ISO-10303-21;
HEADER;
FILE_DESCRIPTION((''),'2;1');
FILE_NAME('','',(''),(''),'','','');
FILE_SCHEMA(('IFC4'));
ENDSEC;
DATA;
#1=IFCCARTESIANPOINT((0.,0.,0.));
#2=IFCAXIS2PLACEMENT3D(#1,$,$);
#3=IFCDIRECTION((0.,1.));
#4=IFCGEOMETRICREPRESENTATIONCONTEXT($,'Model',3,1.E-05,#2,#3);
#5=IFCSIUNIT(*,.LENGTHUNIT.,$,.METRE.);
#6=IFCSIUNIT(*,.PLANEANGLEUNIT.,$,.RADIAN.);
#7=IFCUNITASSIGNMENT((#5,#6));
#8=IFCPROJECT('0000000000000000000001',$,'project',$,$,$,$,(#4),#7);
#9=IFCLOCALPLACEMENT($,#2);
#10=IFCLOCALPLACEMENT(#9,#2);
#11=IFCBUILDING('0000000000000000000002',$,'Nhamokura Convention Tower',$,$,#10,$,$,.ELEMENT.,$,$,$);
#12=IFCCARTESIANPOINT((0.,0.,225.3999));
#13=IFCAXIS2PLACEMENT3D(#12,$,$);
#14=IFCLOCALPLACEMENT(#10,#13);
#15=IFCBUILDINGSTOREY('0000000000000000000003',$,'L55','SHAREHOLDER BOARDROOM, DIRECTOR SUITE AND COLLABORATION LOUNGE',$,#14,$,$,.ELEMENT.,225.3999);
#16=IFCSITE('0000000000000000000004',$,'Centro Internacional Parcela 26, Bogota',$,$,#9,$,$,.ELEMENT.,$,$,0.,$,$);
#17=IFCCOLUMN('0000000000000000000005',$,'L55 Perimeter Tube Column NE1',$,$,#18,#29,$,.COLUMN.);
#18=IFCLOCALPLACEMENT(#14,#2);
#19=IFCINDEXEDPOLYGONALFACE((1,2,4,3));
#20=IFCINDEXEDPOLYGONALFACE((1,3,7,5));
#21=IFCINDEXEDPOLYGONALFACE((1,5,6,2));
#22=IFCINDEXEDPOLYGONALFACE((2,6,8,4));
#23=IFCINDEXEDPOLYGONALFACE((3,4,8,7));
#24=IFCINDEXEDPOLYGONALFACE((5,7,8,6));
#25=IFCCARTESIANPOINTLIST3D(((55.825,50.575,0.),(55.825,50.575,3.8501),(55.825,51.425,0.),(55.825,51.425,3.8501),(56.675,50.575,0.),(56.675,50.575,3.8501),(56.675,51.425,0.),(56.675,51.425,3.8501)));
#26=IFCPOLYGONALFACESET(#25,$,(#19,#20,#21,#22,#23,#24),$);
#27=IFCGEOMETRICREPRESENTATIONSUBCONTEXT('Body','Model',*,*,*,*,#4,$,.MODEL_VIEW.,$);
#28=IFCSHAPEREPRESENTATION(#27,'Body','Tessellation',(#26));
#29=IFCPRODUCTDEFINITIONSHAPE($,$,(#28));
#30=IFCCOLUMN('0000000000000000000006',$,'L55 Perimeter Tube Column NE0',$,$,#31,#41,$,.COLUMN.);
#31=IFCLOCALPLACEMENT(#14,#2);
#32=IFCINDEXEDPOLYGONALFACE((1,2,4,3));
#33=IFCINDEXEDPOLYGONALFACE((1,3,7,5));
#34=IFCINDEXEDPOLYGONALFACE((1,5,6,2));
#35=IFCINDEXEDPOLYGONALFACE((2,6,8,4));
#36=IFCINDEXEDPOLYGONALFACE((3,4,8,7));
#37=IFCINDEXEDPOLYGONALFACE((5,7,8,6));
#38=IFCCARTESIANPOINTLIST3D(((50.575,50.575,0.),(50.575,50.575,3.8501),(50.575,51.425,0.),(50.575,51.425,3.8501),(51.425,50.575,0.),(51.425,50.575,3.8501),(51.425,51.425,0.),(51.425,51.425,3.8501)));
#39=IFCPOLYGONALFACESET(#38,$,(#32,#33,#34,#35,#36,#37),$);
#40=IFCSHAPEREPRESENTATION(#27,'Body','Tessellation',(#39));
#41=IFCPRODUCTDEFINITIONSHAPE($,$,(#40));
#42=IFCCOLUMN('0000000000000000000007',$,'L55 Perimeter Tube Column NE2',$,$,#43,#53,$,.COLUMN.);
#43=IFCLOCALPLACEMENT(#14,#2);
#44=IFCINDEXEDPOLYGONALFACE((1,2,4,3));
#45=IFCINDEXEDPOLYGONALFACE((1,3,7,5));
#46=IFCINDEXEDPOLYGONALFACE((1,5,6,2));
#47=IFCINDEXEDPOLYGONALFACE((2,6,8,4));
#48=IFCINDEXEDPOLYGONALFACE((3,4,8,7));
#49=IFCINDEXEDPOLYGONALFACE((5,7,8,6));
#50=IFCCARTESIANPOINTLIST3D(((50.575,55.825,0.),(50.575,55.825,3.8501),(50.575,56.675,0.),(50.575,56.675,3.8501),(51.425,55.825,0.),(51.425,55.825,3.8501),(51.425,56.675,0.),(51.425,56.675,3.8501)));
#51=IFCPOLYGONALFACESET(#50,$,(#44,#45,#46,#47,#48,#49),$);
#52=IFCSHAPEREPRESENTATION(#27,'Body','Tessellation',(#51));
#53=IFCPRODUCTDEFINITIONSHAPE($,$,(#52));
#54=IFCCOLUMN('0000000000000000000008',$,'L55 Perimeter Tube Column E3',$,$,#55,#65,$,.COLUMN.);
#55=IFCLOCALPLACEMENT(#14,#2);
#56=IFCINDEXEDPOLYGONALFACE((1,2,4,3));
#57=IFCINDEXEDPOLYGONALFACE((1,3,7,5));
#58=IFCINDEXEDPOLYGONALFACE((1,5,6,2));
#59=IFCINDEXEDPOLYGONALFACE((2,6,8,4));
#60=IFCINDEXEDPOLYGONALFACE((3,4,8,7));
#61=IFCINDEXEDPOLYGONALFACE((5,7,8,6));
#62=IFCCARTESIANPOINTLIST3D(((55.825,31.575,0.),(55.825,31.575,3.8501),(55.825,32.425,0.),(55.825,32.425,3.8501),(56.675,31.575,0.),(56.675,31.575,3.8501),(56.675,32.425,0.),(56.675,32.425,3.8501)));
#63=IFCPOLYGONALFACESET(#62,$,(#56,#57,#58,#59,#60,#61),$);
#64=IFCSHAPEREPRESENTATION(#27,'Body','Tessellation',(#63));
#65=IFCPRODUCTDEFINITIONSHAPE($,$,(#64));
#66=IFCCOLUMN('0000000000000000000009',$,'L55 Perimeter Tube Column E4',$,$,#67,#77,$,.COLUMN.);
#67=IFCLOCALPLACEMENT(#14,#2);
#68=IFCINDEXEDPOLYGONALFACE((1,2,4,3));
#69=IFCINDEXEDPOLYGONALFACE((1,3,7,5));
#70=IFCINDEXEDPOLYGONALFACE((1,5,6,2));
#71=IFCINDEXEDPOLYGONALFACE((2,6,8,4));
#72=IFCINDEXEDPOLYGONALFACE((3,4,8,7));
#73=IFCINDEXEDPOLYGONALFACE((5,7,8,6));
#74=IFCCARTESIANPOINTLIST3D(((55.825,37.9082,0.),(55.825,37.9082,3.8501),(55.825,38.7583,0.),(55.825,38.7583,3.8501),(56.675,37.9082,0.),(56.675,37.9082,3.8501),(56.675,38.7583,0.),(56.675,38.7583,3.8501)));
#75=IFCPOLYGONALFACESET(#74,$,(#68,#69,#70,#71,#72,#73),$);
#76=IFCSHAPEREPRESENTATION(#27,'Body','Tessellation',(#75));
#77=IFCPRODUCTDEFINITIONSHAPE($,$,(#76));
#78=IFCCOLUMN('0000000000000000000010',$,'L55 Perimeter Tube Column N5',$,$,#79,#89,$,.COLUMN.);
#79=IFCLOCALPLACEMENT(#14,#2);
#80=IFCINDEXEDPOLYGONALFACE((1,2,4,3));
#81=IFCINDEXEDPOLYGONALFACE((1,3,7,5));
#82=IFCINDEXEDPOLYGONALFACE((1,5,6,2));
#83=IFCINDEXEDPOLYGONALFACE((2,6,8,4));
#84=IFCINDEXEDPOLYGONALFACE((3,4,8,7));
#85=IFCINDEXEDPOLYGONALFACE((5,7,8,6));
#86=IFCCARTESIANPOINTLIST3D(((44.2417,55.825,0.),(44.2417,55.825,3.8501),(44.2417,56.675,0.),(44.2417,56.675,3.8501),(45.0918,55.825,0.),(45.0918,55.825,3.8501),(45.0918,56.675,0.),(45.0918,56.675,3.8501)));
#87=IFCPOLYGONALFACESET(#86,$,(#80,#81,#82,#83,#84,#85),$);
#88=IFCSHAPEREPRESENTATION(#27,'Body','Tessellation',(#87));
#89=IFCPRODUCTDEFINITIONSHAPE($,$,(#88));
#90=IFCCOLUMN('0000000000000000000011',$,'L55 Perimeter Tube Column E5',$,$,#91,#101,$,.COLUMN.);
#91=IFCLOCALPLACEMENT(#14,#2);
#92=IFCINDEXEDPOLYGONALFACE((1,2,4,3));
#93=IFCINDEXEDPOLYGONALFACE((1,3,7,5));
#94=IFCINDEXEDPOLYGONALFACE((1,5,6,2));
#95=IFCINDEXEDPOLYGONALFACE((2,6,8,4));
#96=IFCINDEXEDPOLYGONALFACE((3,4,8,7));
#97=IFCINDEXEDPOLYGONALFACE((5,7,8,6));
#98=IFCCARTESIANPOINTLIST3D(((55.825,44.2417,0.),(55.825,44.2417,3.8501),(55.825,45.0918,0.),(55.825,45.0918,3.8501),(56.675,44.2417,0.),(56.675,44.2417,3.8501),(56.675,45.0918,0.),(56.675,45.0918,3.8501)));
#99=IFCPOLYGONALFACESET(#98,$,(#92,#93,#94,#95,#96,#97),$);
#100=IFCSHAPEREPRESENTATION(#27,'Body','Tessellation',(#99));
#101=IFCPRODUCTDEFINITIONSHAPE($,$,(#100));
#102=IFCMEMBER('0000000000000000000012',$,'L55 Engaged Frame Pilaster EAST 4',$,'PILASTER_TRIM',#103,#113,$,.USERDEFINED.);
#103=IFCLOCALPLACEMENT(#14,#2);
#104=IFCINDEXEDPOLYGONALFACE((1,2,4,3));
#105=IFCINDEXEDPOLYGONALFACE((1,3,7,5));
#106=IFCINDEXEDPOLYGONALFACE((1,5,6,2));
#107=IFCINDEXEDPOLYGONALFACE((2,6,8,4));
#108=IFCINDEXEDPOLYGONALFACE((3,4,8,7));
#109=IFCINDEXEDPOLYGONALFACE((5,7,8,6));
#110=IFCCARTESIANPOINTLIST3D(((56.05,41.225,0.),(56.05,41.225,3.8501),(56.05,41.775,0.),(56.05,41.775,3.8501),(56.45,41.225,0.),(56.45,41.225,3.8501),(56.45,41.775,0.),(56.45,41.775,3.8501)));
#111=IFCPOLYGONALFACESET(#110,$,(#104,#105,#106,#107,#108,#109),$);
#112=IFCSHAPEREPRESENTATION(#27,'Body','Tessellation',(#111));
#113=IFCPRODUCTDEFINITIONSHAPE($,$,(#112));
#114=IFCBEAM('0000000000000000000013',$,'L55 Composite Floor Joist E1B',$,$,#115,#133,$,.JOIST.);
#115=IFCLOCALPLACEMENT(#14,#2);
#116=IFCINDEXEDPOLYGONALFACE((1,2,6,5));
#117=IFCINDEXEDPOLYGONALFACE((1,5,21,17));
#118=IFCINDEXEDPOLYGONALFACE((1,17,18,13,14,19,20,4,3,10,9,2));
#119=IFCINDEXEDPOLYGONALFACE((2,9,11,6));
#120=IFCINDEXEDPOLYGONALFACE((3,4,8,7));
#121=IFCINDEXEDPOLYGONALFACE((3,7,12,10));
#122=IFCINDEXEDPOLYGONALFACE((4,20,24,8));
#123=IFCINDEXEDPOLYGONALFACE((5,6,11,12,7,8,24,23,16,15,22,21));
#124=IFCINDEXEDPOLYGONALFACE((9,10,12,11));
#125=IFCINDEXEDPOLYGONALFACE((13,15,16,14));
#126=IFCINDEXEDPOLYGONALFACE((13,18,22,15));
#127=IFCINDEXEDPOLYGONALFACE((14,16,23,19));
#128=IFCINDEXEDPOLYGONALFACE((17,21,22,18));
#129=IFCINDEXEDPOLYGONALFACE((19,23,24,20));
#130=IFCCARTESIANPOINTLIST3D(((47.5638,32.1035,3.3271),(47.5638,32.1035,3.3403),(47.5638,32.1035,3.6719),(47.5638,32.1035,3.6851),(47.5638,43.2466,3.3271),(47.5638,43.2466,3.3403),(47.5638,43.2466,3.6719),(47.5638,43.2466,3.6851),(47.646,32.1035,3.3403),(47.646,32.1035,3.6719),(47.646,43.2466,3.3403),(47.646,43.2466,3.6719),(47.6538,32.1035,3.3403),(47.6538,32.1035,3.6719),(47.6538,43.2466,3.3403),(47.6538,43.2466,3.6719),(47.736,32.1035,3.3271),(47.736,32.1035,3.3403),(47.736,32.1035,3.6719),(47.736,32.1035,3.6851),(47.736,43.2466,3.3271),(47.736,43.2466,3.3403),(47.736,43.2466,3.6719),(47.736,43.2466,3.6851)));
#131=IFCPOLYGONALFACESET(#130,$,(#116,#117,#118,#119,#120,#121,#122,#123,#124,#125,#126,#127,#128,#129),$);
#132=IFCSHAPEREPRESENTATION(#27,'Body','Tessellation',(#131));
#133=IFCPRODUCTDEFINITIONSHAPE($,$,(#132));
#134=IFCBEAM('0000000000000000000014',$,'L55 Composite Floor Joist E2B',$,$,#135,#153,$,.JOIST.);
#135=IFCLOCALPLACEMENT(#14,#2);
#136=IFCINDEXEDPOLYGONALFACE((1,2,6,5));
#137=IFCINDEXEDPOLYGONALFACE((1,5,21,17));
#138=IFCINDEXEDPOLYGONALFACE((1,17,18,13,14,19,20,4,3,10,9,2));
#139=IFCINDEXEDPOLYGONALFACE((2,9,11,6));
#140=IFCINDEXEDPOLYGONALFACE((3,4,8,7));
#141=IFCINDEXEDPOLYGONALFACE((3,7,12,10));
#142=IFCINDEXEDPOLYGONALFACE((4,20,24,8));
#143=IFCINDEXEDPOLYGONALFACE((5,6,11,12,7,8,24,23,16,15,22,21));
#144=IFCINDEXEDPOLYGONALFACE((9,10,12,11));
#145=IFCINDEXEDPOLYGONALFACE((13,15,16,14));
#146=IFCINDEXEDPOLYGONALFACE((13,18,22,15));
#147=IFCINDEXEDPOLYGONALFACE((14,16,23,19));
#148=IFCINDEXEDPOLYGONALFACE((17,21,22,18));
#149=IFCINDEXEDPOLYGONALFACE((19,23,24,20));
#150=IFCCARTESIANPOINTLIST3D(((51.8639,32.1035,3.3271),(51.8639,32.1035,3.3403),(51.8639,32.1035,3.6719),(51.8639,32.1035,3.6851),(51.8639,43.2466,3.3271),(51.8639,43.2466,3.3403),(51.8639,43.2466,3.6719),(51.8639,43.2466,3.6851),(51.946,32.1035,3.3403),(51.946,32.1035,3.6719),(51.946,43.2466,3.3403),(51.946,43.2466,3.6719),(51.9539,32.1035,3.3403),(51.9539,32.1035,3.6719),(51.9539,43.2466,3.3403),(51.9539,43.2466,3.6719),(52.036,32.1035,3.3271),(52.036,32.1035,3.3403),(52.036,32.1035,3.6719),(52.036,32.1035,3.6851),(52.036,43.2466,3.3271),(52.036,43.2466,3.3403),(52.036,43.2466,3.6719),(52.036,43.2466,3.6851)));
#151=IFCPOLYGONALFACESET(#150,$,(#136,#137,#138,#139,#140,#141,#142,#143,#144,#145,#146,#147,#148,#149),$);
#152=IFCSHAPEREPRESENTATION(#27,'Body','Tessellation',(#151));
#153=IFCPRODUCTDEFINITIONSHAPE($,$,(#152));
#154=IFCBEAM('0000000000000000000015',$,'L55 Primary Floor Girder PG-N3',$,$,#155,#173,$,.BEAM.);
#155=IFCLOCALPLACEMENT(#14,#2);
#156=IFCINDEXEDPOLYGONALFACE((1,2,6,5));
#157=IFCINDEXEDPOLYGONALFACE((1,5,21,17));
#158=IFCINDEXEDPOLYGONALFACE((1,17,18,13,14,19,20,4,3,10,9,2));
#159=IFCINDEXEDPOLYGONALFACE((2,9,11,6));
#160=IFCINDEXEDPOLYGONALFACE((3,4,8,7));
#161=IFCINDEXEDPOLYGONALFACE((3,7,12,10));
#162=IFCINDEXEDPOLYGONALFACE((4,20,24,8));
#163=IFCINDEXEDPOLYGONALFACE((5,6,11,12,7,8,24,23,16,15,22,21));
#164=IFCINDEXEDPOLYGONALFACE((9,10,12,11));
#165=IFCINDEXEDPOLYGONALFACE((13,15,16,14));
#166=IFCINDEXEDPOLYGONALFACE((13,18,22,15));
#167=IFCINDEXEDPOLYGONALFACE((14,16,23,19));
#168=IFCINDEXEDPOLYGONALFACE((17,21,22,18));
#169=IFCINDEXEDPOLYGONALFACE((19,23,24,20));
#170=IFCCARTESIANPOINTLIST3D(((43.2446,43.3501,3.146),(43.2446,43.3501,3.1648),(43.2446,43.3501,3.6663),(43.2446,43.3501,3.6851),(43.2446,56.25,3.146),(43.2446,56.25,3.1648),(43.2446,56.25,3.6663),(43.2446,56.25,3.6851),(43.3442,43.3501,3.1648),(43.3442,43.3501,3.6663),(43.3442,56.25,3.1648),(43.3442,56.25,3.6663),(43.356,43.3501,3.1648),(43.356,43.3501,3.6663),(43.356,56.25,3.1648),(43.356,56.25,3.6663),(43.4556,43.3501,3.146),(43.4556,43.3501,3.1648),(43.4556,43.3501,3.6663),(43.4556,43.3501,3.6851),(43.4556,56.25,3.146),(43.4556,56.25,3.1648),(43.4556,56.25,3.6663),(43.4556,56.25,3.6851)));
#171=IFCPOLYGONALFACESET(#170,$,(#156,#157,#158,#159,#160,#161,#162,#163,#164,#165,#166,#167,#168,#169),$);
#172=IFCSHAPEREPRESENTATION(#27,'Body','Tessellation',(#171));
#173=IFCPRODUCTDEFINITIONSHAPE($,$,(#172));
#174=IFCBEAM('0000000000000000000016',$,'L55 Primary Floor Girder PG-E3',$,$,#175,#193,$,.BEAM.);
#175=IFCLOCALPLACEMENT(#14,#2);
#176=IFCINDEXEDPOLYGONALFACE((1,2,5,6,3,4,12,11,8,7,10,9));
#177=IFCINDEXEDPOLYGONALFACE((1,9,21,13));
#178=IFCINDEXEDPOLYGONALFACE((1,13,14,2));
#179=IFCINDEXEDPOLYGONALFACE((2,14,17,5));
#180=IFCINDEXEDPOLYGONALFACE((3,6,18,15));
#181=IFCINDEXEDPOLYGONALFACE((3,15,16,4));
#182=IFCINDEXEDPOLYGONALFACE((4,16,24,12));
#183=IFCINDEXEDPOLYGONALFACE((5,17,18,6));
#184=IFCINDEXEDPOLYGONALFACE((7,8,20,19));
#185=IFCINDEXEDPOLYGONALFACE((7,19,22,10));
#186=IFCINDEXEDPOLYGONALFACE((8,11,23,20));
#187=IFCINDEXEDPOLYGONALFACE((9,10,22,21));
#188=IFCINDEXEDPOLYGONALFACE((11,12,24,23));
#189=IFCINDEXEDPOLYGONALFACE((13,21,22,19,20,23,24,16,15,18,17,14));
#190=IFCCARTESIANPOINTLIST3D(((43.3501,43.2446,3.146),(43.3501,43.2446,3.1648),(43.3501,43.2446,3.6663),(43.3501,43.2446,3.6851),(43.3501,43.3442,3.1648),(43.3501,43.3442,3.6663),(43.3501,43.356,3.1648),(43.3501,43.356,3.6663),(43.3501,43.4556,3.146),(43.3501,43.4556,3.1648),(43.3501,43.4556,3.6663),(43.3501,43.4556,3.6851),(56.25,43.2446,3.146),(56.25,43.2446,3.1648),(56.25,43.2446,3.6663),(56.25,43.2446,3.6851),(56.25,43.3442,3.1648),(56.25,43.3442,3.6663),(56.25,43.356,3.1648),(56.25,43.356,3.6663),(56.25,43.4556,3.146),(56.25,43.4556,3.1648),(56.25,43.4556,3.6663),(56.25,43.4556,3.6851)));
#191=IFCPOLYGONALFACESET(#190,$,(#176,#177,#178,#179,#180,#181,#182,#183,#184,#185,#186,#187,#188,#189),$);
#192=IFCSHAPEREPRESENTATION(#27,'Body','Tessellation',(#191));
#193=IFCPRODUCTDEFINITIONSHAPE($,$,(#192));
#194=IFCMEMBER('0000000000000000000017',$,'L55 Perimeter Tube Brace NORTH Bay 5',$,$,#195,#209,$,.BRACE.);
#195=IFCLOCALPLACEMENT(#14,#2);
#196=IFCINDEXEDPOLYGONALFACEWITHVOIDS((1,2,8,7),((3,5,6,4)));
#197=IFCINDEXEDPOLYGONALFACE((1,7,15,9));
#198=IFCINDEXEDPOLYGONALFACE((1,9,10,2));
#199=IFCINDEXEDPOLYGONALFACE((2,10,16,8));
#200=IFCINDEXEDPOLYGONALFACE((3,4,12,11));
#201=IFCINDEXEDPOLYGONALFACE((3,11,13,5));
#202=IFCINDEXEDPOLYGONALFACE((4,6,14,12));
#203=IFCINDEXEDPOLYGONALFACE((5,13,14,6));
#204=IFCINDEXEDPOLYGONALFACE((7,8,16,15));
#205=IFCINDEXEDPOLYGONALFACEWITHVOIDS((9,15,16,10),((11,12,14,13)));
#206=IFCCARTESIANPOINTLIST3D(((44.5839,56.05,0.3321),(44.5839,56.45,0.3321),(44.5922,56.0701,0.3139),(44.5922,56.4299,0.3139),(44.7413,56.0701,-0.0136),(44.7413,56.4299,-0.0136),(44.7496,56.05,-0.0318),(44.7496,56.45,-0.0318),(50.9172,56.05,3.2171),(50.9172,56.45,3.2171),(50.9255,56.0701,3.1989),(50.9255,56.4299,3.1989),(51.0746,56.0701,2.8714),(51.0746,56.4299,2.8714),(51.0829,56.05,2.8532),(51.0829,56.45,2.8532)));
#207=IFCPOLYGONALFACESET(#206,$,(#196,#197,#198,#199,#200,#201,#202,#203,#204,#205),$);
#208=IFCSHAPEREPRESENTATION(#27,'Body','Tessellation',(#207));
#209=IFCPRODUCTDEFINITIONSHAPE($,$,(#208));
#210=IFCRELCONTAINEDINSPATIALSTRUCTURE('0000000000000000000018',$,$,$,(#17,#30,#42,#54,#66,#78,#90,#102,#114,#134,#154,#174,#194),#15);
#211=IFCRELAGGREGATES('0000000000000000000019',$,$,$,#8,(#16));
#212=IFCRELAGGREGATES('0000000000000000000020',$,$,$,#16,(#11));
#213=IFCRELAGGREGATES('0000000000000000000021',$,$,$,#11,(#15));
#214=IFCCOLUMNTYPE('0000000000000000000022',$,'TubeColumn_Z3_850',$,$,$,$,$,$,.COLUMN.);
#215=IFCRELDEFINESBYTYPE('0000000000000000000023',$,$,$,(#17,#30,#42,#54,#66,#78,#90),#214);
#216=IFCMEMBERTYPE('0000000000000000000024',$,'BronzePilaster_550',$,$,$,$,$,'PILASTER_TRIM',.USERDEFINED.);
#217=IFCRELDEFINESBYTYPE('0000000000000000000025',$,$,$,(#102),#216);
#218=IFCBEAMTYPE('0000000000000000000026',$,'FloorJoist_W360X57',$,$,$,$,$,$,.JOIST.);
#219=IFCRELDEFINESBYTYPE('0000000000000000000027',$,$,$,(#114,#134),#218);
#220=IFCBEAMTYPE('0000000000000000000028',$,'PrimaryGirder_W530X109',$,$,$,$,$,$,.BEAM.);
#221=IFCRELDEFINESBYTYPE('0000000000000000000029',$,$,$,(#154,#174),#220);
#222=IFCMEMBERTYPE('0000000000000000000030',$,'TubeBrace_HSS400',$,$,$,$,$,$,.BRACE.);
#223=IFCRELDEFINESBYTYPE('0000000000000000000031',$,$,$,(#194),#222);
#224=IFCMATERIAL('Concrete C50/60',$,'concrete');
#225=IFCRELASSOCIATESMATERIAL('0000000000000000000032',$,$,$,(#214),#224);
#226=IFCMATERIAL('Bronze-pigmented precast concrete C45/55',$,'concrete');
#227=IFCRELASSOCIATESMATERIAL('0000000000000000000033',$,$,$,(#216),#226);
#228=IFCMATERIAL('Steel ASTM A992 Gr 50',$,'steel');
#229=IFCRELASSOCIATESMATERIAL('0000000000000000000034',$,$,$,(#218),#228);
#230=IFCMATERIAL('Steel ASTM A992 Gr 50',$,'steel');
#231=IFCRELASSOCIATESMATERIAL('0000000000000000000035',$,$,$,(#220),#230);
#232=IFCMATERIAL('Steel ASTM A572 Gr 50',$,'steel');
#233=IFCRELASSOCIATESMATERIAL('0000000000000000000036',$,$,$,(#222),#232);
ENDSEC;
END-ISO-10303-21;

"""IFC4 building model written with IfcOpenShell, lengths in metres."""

from ifc_helpers import new_model, si_unit, direction, frame, origin, origin_2d, place, context, subcontext, project, spatial, rectangle, hollow_rectangle, i_section, extrude, material, material_profile, profile_set, type_object, element, save


model = new_model("IFC4")

# Units and contexts
model_context = context("Model", 3, precision=1e-05, world=origin(), true_north=direction((0.0, 1.0)))
body_context = subcontext(model_context, "Body", "Model", "MODEL_VIEW")
ifc_project = project(units=[si_unit("LENGTHUNIT", "METRE"), si_unit("PLANEANGLEUNIT", "RADIAN")], contexts=[model_context])

# Site, building, storey
site_placement = place(None, origin())
site = spatial("IfcSite", under=ifc_project, at=site_placement, Name="Centro Internacional Parcela 26, Bogota", CompositionType="ELEMENT", RefElevation=0.0)
building_placement = place(site_placement, origin())
building = spatial("IfcBuilding", under=site, at=building_placement, Name="Nhamokura Convention Tower", CompositionType="ELEMENT")
storey_placement = place(building_placement, frame((0.0, 0.0, 225.3999)))
storey = spatial("IfcBuildingStorey", under=building, at=storey_placement, Name="L55", Description="SHAREHOLDER BOARDROOM, DIRECTOR SUITE AND COLLABORATION LOUNGE", CompositionType="ELEMENT", Elevation=225.3999)

# Columns
ifc_material_1 = material(Name="Concrete C50/60", Category="concrete")
ifc_material_profile_1 = material_profile(ifc_material_1, rectangle(XDim=0.8501, YDim=0.8501, at=origin_2d()))
ifc_profile_set_1 = profile_set([ifc_material_profile_1], Name="Concrete C50/60")
column_type = type_object("IfcColumnType", Name="TubeColumn_Z3_850", PredefinedType="COLUMN", material=ifc_profile_set_1)
for number, where, z_axis, x_axis, name in (
    (1, (56.25, 51.0, 0.0), (0.0, 0.0, 1.0), (1.0, 0.0, 0.0), "L55 Perimeter Tube Column NE1"),
    (2, (51.0, 51.0, 0.0), (0.0, 0.0, 1.0), (1.0, 0.0, 0.0), "L55 Perimeter Tube Column NE0"),
    (3, (51.0, 56.25, 0.0), (0.0, 0.0, 1.0), (1.0, 0.0, 0.0), "L55 Perimeter Tube Column NE2"),
    (4, (56.25, 32.0, 0.0), (0.0, 0.0, 1.0), (1.0, 0.0, 0.0), "L55 Perimeter Tube Column E3"),
    (5, (56.25, 38.3333, 0.0), (0.0, 0.0, 1.0), (1.0, 0.0, 0.0), "L55 Perimeter Tube Column E4"),
    (6, (44.6667, 56.25, 0.0), (0.0, 0.0, 1.0), (1.0, 0.0, 0.0), "L55 Perimeter Tube Column N5"),
    (7, (56.25, 44.6667, 0.0), (0.0, 0.0, 1.0), (1.0, 0.0, 0.0), "L55 Perimeter Tube Column E5"),
):
    element("IfcColumn", number, at=place(storey_placement, frame(where, z_axis=z_axis, x_axis=x_axis)), inside=storey, type_object=column_type, Name=name, PredefinedType="COLUMN", context=body_context, shape_type="SweptSolid", body=[
        extrude(rectangle(XDim=0.8501, YDim=0.8501, at=origin_2d()), origin(), (0.0, 0.0, 1.0), 3.8501),
    ])

# Member
ifc_material_2 = material(Name="Bronze-pigmented precast concrete C45/55", Category="concrete")
ifc_material_profile_2 = material_profile(ifc_material_2, rectangle(XDim=0.3999, YDim=0.55, at=origin_2d()))
ifc_profile_set_2 = profile_set([ifc_material_profile_2], Name="Bronze-pigmented precast concrete C45/55")
member_type_1 = type_object("IfcMemberType", Name="BronzePilaster_550", ElementType="PILASTER_TRIM", PredefinedType="USERDEFINED", material=ifc_profile_set_2)
member_placement = place(storey_placement, frame((56.25, 41.5, 0.0), z_axis=(0.0, 0.0, 1.0), x_axis=(1.0, 0.0, 0.0)))
element("IfcMember", 8, at=member_placement, inside=storey, type_object=member_type_1, Name="L55 Engaged Frame Pilaster EAST 4", ObjectType="PILASTER_TRIM", PredefinedType="USERDEFINED", context=body_context, shape_type="SweptSolid", body=[
    extrude(rectangle(XDim=0.3999, YDim=0.55, at=origin_2d()), origin(), (0.0, 0.0, 1.0), 3.8501),
])

# Beams
ifc_material_3 = material(Name="Steel ASTM A992 Gr 50", Category="steel")
ifc_material_profile_3 = material_profile(ifc_material_3, i_section(OverallWidth=0.1721, OverallDepth=0.3579, WebThickness=0.0078, FlangeThickness=0.0132, at=origin_2d()))
ifc_profile_set_3 = profile_set([ifc_material_profile_3], Name="Steel ASTM A992 Gr 50")
beam_type_1 = type_object("IfcBeamType", Name="FloorJoist_W360X57", PredefinedType="JOIST", material=ifc_profile_set_3)
for number, where, z_axis, x_axis, name in (
    (9, (47.6499, 32.1035, 3.5061), (0.0, 1.0, 0.0), (-1.0, 0.0, 0.0), "L55 Composite Floor Joist E1B"),
    (10, (51.95, 32.1035, 3.5061), (0.0, 1.0, 0.0), (-1.0, 0.0, 0.0), "L55 Composite Floor Joist E2B"),
):
    element("IfcBeam", number, at=place(storey_placement, frame(where, z_axis=z_axis, x_axis=x_axis)), inside=storey, type_object=beam_type_1, Name=name, PredefinedType="JOIST", context=body_context, shape_type="SweptSolid", body=[
        extrude(i_section(OverallWidth=0.1721, OverallDepth=0.3579, WebThickness=0.0078, FlangeThickness=0.0132, at=origin_2d()), origin(), (0.0, 0.0, 1.0), 11.1431),
    ])
ifc_material_4 = material(Name="Steel ASTM A992 Gr 50", Category="steel")
ifc_material_profile_4 = material_profile(ifc_material_4, i_section(OverallWidth=0.2109, OverallDepth=0.5391, WebThickness=0.0117, FlangeThickness=0.0188, at=origin_2d()))
ifc_profile_set_4 = profile_set([ifc_material_profile_4], Name="Steel ASTM A992 Gr 50")
beam_type_2 = type_object("IfcBeamType", Name="PrimaryGirder_W530X109", PredefinedType="BEAM", material=ifc_profile_set_4)
for number, where, z_axis, x_axis, name in (
    (11, (43.3501, 43.3501, 3.4155), (0.0, 1.0, 0.0), (-1.0, 0.0, 0.0), "L55 Primary Floor Girder PG-N3"),
    (12, (43.3501, 43.3501, 3.4155), (1.0, 0.0, 0.0), (0.0, 1.0, 0.0), "L55 Primary Floor Girder PG-E3"),
):
    element("IfcBeam", number, at=place(storey_placement, frame(where, z_axis=z_axis, x_axis=x_axis)), inside=storey, type_object=beam_type_2, Name=name, PredefinedType="BEAM", context=body_context, shape_type="SweptSolid", body=[
        extrude(i_section(OverallWidth=0.2109, OverallDepth=0.5391, WebThickness=0.0117, FlangeThickness=0.0188, at=origin_2d()), origin(), (0.0, 0.0, 1.0), 12.8999),
    ])

# Member
ifc_material_5 = material(Name="Steel ASTM A572 Gr 50", Category="steel")
ifc_material_profile_5 = material_profile(ifc_material_5, hollow_rectangle(XDim=0.3999, YDim=0.3999, WallThickness=0.02, at=origin_2d()))
ifc_profile_set_5 = profile_set([ifc_material_profile_5], Name="Steel ASTM A572 Gr 50")
member_type_2 = type_object("IfcMemberType", Name="TubeBrace_HSS400", PredefinedType="BRACE", material=ifc_profile_set_5)
for number, where, z_axis, x_axis, name in (
    (13, (44.6667, 56.25, 0.1501), (0.910027, 0.0, 0.414548), (0.0, 1.0, 0.0), "L55 Perimeter Tube Brace NORTH Bay 5"),
):
    element("IfcMember", number, at=place(storey_placement, frame(where, z_axis=z_axis, x_axis=x_axis)), inside=storey, type_object=member_type_2, Name=name, PredefinedType="BRACE", context=body_context, shape_type="SweptSolid", body=[
        extrude(hollow_rectangle(XDim=0.3999, YDim=0.3999, WallThickness=0.02, at=origin_2d()), origin(), (0.0, 0.0, 1.0), 6.9595),
    ])

save(model, "model.ifc")
